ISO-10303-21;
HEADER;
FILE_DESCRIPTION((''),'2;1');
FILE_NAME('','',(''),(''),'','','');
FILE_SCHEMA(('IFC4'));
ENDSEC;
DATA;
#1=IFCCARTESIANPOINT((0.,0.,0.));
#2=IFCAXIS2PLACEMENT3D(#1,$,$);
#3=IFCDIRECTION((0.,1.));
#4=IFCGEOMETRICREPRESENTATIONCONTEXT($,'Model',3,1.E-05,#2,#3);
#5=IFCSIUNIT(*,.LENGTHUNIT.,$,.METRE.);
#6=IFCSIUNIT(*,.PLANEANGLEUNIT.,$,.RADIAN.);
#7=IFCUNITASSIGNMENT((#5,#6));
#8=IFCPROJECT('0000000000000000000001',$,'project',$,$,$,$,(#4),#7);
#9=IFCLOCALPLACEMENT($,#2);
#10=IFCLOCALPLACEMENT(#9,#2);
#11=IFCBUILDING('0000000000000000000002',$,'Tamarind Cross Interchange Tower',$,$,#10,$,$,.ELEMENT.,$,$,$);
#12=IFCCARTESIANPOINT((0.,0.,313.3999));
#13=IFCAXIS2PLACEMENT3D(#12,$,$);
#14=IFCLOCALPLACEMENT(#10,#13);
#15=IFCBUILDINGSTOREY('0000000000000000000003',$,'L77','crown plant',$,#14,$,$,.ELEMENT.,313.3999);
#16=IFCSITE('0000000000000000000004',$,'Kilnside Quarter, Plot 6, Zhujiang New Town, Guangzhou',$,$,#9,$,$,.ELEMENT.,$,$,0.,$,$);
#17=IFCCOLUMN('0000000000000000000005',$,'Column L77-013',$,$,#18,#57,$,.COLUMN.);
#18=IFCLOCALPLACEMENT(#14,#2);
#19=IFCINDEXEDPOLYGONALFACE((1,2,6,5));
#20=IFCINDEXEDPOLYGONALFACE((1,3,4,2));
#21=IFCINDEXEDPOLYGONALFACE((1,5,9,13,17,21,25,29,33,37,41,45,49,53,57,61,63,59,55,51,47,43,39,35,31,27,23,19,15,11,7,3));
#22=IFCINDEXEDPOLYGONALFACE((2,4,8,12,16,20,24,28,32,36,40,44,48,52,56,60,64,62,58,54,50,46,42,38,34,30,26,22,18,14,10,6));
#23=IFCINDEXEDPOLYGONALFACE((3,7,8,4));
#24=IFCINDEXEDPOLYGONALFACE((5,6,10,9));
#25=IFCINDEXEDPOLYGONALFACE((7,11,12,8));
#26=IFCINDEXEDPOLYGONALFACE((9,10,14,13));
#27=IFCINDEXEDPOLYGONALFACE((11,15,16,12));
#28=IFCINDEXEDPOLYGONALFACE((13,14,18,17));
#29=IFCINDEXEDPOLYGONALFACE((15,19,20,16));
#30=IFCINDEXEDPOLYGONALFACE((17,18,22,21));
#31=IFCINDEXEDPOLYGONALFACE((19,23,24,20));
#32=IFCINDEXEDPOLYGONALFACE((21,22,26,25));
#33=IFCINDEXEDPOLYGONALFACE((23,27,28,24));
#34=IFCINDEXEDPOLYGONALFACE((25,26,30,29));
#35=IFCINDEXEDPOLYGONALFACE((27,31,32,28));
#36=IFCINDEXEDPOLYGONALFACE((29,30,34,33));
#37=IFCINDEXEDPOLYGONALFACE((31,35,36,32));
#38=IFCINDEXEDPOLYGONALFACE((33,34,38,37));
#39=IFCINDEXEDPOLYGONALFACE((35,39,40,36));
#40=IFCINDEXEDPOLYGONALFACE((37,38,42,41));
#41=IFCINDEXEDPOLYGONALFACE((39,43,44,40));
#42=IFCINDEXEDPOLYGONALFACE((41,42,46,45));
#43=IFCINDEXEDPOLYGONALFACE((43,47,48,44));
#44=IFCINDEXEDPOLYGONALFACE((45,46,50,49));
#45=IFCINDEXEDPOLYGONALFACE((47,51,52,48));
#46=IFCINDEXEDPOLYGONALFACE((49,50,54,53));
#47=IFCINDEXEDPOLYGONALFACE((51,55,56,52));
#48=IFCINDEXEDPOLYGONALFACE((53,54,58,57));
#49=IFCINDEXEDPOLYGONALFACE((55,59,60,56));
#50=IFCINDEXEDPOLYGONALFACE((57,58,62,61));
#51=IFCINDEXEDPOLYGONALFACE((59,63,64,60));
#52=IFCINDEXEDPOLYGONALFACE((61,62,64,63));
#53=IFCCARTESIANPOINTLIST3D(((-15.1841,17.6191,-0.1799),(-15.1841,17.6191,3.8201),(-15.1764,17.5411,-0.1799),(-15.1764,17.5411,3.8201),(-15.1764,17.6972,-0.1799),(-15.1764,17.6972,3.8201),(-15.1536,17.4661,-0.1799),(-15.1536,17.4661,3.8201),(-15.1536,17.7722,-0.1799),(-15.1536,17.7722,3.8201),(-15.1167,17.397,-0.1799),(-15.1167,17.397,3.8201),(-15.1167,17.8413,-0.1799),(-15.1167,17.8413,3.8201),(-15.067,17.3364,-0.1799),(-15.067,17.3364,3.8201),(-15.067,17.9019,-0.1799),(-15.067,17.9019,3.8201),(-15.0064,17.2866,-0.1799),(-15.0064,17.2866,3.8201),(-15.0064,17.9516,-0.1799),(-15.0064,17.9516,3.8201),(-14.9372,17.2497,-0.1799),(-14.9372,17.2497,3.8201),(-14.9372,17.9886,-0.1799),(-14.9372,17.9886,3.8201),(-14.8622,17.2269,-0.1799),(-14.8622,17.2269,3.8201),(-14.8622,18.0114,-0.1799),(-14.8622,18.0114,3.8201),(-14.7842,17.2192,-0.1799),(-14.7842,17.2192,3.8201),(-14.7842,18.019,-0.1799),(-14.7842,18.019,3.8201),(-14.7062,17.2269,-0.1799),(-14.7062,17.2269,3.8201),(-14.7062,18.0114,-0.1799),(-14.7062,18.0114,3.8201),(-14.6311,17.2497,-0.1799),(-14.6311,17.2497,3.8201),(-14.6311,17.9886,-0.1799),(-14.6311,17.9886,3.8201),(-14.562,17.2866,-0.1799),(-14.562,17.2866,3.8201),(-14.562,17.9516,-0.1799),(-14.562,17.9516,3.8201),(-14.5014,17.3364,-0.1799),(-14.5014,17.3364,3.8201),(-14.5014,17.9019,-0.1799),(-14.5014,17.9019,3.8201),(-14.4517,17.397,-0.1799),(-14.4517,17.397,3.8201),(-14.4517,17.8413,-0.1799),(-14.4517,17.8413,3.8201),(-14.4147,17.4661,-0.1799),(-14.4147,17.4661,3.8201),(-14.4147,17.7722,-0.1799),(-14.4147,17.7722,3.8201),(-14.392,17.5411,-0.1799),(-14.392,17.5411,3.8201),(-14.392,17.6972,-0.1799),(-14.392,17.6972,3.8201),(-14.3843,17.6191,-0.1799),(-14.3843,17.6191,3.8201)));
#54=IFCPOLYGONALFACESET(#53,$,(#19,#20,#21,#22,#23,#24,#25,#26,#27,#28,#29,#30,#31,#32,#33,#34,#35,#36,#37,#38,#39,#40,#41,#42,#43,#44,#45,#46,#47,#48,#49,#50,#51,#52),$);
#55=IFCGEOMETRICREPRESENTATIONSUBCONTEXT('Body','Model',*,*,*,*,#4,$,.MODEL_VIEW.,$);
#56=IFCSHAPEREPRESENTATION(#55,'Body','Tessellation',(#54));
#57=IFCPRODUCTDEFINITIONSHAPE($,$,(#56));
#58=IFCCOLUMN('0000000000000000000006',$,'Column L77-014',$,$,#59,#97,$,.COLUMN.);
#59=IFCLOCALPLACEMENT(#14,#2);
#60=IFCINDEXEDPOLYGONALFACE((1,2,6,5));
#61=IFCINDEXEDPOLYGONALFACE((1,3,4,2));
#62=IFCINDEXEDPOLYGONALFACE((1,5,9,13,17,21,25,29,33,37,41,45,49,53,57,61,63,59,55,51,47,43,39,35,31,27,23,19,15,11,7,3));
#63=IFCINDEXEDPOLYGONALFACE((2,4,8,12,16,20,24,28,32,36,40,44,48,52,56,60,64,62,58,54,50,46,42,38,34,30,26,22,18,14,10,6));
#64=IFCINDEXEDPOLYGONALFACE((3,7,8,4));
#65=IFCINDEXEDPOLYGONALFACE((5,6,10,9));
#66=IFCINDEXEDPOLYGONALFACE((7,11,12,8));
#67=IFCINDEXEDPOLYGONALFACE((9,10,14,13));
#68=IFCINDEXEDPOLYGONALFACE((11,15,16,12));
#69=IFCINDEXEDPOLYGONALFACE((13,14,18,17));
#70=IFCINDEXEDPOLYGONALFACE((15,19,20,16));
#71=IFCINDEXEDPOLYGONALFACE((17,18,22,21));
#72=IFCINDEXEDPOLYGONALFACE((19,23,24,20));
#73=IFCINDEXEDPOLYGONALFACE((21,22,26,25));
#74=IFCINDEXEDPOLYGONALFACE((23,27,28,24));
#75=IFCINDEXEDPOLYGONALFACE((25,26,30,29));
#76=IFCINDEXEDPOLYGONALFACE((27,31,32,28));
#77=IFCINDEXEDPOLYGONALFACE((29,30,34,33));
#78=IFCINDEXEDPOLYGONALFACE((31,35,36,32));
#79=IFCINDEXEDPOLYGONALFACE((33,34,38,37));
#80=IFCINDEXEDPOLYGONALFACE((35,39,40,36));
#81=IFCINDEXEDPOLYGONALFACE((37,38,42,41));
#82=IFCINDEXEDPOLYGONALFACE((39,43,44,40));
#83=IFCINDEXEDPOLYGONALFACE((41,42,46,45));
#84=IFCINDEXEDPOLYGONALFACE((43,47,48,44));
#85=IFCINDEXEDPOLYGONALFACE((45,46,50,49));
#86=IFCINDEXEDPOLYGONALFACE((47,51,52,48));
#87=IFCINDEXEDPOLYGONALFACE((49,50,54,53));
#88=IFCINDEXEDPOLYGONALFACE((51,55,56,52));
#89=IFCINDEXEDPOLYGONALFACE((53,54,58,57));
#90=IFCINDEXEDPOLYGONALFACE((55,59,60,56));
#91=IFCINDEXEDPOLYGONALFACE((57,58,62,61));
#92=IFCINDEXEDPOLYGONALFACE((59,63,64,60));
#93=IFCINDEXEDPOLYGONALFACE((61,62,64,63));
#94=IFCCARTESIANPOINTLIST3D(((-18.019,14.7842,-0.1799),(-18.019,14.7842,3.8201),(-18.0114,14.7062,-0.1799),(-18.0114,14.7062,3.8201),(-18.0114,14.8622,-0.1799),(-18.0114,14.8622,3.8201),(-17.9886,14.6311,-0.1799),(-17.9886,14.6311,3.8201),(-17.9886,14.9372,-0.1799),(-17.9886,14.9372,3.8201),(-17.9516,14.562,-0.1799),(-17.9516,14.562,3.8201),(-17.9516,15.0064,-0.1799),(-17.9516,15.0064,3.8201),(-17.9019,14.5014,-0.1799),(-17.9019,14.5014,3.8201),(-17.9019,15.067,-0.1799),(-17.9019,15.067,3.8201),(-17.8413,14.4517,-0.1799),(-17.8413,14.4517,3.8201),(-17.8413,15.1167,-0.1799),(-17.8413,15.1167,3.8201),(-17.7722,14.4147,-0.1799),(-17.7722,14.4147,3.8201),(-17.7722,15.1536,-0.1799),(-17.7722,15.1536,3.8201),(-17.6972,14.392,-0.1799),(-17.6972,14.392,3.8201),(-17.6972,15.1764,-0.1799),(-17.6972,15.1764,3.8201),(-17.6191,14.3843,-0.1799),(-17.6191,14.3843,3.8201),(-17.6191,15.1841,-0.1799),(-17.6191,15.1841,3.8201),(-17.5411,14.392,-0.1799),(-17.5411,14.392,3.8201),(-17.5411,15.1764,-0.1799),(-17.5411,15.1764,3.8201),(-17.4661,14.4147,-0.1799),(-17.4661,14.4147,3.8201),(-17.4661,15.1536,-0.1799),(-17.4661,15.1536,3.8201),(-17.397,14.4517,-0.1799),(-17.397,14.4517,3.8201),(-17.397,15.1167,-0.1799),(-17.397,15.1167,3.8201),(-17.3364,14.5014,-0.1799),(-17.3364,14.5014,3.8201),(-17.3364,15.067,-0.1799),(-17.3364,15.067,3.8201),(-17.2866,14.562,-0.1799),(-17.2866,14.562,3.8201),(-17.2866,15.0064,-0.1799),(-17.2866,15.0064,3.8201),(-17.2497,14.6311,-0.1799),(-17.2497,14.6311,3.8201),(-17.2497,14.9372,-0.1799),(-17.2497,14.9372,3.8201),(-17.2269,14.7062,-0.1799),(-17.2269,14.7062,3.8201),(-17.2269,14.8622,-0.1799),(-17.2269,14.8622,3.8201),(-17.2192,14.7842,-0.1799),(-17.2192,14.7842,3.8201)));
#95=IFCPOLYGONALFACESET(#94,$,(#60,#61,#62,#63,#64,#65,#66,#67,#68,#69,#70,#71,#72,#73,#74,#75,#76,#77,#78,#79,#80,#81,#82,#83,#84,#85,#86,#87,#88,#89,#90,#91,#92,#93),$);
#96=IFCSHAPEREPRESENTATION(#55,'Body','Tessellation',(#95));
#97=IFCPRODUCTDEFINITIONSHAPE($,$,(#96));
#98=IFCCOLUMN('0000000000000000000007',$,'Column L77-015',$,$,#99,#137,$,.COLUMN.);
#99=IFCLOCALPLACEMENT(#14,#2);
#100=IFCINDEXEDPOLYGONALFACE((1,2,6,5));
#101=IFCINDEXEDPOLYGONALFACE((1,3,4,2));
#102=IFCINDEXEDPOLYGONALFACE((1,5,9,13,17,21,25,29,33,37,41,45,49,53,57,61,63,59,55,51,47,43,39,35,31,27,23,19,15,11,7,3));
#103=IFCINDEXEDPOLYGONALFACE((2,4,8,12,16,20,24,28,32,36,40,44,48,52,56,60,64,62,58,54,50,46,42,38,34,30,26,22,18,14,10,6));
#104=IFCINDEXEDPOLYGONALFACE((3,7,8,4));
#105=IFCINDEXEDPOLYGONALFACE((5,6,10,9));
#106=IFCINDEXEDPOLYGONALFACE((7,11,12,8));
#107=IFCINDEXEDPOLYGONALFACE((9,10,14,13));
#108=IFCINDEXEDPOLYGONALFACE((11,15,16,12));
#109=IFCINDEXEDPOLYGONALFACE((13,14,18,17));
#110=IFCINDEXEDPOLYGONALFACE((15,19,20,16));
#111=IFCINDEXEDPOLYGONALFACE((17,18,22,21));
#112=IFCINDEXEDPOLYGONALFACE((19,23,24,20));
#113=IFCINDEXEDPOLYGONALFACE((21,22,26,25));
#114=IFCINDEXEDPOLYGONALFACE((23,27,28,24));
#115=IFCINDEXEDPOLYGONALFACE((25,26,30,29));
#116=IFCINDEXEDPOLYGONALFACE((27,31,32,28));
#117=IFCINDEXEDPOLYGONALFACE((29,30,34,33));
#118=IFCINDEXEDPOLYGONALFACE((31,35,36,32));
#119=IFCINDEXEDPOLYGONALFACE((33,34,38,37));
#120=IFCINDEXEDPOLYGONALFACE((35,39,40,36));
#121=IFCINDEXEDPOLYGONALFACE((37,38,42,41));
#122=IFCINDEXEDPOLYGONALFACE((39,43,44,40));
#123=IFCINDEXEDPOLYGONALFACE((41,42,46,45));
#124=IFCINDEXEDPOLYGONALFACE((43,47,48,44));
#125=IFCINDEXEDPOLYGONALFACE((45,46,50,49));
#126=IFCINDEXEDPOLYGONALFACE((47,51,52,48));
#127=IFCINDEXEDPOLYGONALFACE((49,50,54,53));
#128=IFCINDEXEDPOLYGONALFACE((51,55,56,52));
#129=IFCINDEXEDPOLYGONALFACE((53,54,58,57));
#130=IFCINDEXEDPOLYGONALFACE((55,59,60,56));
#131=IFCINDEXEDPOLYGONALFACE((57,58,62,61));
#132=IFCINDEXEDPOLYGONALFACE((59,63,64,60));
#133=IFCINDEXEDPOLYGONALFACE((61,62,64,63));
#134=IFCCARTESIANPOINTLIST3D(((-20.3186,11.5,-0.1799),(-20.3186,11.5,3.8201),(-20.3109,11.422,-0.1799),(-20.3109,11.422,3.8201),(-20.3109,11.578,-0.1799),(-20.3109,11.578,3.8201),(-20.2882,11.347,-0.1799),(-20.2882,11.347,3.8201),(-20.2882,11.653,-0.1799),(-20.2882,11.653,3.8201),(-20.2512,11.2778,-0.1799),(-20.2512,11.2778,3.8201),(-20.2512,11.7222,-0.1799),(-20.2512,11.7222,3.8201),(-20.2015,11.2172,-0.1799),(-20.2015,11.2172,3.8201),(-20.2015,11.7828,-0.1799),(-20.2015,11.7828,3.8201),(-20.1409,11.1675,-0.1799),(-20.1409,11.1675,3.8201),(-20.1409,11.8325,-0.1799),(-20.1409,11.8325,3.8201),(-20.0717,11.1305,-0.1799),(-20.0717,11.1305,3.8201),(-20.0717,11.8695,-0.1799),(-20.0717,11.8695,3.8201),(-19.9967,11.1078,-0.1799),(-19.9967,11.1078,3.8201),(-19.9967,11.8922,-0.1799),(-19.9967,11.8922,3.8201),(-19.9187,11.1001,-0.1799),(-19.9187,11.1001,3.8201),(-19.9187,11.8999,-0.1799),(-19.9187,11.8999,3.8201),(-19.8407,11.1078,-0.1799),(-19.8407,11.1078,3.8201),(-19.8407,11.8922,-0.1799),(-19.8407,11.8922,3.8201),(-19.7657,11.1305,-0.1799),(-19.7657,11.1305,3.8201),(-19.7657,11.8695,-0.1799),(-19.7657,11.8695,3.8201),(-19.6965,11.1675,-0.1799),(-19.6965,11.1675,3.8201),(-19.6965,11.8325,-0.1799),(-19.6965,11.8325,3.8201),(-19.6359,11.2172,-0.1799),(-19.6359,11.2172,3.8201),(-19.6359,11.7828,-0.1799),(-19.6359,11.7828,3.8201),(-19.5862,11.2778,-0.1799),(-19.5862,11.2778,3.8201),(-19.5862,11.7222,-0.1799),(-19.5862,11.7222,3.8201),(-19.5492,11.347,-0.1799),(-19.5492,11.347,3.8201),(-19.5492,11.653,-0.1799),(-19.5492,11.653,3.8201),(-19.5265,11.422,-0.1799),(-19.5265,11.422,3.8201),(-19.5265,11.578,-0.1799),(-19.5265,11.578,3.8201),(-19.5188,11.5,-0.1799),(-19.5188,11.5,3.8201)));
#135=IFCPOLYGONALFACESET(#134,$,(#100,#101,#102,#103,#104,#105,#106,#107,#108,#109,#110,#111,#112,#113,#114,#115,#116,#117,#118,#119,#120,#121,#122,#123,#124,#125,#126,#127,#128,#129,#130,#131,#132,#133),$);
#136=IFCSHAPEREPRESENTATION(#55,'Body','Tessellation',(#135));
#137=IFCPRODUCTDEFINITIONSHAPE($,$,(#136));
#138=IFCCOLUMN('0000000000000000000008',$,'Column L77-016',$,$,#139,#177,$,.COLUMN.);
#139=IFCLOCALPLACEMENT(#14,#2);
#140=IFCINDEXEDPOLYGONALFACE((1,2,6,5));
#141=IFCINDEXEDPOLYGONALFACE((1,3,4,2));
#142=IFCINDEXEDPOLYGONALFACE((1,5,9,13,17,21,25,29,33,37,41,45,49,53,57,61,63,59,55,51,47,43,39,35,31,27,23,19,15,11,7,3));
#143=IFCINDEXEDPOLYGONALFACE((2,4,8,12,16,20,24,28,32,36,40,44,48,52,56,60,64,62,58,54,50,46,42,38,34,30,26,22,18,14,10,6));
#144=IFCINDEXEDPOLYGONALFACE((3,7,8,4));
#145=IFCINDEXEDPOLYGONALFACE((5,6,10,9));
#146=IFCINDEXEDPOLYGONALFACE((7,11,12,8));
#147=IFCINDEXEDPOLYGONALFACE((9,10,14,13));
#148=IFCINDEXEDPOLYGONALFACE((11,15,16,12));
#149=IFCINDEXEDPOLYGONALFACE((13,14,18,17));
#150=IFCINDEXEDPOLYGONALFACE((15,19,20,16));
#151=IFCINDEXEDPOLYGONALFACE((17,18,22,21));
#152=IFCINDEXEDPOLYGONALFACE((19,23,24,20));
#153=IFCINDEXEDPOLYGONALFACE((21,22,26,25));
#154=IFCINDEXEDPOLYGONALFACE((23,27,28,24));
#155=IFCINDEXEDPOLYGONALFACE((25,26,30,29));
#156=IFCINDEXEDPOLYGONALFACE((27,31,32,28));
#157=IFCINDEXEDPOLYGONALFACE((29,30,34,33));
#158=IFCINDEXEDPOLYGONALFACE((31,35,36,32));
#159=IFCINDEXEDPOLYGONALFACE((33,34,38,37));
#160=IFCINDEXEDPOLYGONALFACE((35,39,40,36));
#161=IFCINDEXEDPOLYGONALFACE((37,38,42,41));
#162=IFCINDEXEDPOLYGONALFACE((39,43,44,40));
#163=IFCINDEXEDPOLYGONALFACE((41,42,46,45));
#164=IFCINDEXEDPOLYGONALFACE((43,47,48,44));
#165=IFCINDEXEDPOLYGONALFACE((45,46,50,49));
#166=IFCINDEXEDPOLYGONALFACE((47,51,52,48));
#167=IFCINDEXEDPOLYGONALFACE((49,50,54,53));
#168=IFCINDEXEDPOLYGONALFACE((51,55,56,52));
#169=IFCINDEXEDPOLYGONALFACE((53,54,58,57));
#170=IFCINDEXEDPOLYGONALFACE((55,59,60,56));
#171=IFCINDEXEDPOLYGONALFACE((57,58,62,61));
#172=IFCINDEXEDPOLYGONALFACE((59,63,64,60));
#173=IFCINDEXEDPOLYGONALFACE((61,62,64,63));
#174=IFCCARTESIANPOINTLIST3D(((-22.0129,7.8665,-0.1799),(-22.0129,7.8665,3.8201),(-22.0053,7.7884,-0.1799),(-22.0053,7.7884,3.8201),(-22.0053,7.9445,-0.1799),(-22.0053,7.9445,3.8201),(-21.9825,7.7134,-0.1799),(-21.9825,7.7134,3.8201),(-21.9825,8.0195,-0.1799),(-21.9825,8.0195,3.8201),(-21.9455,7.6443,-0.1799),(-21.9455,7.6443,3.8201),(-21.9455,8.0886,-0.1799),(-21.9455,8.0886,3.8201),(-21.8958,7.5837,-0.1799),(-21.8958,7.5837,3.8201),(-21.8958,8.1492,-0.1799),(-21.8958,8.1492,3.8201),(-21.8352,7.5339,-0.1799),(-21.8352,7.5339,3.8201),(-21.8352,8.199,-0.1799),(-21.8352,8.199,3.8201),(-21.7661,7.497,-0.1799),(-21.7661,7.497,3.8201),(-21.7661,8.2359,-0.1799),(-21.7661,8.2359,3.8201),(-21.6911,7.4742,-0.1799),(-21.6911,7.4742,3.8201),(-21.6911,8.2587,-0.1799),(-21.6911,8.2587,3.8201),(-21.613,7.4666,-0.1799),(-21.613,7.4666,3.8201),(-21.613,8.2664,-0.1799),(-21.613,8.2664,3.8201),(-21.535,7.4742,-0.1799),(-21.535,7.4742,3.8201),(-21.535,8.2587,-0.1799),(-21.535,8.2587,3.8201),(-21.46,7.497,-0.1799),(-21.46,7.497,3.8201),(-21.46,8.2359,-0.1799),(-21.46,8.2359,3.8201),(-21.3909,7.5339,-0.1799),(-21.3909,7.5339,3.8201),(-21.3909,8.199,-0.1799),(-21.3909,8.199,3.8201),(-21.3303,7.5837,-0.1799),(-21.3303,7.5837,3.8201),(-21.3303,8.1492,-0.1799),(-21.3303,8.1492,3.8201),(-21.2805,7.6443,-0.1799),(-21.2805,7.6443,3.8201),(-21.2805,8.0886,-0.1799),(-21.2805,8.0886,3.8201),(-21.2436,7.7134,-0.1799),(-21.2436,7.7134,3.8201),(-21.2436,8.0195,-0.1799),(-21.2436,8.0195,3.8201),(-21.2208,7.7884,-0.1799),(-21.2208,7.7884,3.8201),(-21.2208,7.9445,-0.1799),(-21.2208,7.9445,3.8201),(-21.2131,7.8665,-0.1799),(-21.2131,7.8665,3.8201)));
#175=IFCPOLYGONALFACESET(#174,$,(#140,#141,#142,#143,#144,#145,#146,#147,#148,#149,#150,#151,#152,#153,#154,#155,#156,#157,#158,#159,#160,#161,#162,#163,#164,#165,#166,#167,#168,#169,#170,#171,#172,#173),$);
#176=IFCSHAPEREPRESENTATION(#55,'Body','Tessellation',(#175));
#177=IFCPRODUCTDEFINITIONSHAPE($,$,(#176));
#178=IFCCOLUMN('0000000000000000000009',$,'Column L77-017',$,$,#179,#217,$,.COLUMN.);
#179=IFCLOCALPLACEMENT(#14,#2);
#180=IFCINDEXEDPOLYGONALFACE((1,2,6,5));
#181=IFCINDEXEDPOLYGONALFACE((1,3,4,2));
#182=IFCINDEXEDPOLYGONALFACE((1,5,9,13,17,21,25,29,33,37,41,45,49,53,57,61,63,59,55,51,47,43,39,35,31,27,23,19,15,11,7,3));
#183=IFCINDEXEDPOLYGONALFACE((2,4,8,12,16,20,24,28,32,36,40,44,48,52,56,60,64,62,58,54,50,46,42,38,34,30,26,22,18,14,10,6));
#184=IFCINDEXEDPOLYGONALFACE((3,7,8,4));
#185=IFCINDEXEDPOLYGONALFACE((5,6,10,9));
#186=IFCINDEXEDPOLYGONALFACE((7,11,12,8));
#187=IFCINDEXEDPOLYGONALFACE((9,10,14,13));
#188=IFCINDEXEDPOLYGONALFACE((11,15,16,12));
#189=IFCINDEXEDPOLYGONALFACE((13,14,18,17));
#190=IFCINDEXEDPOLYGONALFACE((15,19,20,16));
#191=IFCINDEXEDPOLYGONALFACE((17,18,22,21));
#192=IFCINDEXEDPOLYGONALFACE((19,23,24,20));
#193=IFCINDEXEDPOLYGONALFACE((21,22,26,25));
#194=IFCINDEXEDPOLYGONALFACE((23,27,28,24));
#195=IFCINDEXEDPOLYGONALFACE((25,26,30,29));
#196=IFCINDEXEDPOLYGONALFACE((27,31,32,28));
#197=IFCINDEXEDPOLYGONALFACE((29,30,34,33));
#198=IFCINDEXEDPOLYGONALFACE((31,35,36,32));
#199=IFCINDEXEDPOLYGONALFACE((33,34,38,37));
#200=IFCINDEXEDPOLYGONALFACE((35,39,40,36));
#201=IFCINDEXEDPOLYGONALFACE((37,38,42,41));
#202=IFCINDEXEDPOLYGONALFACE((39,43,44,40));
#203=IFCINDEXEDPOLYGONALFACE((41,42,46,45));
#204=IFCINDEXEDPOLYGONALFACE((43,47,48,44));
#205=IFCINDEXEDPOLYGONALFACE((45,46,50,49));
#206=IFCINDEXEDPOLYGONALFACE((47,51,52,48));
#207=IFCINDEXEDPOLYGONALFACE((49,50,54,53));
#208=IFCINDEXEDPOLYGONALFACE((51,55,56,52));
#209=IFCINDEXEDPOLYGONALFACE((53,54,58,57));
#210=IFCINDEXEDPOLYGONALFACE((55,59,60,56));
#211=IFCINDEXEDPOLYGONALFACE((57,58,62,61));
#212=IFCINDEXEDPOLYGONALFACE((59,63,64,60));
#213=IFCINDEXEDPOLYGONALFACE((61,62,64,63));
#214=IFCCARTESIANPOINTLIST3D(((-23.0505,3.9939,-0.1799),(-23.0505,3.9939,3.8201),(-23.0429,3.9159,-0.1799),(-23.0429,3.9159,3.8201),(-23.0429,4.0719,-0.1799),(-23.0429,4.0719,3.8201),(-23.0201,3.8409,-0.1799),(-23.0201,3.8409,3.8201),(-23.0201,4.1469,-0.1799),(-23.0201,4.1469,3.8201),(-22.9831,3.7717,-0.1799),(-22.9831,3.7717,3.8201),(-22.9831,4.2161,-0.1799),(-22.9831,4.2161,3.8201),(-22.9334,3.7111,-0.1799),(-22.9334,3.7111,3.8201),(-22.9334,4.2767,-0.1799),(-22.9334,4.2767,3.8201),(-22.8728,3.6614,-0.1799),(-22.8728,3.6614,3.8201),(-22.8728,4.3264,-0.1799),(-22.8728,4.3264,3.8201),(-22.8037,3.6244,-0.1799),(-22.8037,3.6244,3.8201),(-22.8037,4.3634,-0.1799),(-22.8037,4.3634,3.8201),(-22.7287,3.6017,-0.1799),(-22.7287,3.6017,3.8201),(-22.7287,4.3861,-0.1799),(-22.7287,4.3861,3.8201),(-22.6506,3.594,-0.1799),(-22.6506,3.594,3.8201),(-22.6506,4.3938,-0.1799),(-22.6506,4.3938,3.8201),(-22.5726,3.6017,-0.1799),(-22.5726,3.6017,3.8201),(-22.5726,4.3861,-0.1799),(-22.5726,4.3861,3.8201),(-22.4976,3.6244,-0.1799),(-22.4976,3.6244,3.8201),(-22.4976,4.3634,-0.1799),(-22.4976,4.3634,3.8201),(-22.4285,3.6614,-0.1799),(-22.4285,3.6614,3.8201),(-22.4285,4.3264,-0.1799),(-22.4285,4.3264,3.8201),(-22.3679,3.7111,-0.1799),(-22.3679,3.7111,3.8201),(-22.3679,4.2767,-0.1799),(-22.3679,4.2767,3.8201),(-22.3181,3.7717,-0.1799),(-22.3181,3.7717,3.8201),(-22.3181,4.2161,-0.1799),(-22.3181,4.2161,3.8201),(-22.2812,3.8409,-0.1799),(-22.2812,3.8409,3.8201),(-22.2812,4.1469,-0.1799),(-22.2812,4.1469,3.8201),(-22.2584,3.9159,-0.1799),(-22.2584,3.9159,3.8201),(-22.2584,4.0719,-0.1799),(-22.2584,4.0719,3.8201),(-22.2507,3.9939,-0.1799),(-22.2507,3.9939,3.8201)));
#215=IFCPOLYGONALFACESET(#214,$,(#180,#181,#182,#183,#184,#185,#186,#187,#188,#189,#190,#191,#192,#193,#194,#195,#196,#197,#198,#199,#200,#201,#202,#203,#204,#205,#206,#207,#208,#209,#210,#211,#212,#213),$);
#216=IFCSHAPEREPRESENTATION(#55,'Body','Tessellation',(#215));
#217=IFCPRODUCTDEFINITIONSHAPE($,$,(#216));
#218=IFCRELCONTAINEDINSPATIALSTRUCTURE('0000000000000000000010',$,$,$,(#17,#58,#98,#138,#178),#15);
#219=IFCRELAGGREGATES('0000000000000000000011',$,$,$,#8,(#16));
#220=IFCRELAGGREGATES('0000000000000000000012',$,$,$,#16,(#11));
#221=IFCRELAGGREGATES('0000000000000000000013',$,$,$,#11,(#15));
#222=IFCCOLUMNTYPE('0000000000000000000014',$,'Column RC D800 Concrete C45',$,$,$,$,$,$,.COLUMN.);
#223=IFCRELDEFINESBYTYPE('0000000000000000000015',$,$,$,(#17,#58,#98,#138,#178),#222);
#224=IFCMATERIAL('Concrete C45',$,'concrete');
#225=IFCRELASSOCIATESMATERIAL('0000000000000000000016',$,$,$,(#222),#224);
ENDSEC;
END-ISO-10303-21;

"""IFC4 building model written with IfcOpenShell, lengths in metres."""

from ifc_helpers import new_model, si_unit, direction, frame, origin, origin_2d, place, context, subcontext, project, spatial, circle, extrude, material, material_profile, profile_set, type_object, element, save


model = new_model("IFC4")

# Units and contexts
model_context = context("Model", 3, precision=1e-05, world=origin(), true_north=direction((0.0, 1.0)))
body_context = subcontext(model_context, "Body", "Model", "MODEL_VIEW")
ifc_project = project(units=[si_unit("LENGTHUNIT", "METRE"), si_unit("PLANEANGLEUNIT", "RADIAN")], contexts=[model_context])

# Site, building, storey
site_placement = place(None, origin())
site = spatial("IfcSite", under=ifc_project, at=site_placement, Name="Kilnside Quarter, Plot 6, Zhujiang New Town, Guangzhou", CompositionType="ELEMENT", RefElevation=0.0)
building_placement = place(site_placement, origin())
building = spatial("IfcBuilding", under=site, at=building_placement, Name="Tamarind Cross Interchange Tower", CompositionType="ELEMENT")
storey_placement = place(building_placement, frame((0.0, 0.0, 313.3999)))
storey = spatial("IfcBuildingStorey", under=building, at=storey_placement, Name="L77", Description="crown plant", CompositionType="ELEMENT", Elevation=313.3999)

# Columns
ifc_material_1 = material(Name="Concrete C45", Category="concrete")
ifc_material_profile_1 = material_profile(ifc_material_1, circle(Radius=0.3999, at=origin_2d()), Name="RC D800")
ifc_profile_set_1 = profile_set([ifc_material_profile_1], Name="Concrete C45")
column_type = type_object("IfcColumnType", Name="Column RC D800 Concrete C45", PredefinedType="COLUMN", material=ifc_profile_set_1)
for number, where, z_axis, x_axis, name in (
    (1, (-14.7842, 17.6191, -0.1799), (0.0, 0.0, 1.0), (1.0, 0.0, 0.0), "Column L77-013"),
    (2, (-17.6191, 14.7842, -0.1799), (0.0, 0.0, 1.0), (1.0, 0.0, 0.0), "Column L77-014"),
    (3, (-19.9187, 11.5, -0.1799), (0.0, 0.0, 1.0), (1.0, 0.0, 0.0), "Column L77-015"),
    (4, (-21.613, 7.8665, -0.1799), (0.0, 0.0, 1.0), (1.0, 0.0, 0.0), "Column L77-016"),
    (5, (-22.6506, 3.9939, -0.1799), (0.0, 0.0, 1.0), (1.0, 0.0, 0.0), "Column L77-017"),
):
    element("IfcColumn", number, at=place(storey_placement, frame(where, z_axis=z_axis, x_axis=x_axis)), inside=storey, type_object=column_type, Name=name, PredefinedType="COLUMN", context=body_context, shape_type="SweptSolid", body=[
        extrude(circle(Radius=0.3999, at=origin_2d()), origin(), (0.0, 0.0, 1.0), 4.0),
    ])

save(model, "model.ifc")
